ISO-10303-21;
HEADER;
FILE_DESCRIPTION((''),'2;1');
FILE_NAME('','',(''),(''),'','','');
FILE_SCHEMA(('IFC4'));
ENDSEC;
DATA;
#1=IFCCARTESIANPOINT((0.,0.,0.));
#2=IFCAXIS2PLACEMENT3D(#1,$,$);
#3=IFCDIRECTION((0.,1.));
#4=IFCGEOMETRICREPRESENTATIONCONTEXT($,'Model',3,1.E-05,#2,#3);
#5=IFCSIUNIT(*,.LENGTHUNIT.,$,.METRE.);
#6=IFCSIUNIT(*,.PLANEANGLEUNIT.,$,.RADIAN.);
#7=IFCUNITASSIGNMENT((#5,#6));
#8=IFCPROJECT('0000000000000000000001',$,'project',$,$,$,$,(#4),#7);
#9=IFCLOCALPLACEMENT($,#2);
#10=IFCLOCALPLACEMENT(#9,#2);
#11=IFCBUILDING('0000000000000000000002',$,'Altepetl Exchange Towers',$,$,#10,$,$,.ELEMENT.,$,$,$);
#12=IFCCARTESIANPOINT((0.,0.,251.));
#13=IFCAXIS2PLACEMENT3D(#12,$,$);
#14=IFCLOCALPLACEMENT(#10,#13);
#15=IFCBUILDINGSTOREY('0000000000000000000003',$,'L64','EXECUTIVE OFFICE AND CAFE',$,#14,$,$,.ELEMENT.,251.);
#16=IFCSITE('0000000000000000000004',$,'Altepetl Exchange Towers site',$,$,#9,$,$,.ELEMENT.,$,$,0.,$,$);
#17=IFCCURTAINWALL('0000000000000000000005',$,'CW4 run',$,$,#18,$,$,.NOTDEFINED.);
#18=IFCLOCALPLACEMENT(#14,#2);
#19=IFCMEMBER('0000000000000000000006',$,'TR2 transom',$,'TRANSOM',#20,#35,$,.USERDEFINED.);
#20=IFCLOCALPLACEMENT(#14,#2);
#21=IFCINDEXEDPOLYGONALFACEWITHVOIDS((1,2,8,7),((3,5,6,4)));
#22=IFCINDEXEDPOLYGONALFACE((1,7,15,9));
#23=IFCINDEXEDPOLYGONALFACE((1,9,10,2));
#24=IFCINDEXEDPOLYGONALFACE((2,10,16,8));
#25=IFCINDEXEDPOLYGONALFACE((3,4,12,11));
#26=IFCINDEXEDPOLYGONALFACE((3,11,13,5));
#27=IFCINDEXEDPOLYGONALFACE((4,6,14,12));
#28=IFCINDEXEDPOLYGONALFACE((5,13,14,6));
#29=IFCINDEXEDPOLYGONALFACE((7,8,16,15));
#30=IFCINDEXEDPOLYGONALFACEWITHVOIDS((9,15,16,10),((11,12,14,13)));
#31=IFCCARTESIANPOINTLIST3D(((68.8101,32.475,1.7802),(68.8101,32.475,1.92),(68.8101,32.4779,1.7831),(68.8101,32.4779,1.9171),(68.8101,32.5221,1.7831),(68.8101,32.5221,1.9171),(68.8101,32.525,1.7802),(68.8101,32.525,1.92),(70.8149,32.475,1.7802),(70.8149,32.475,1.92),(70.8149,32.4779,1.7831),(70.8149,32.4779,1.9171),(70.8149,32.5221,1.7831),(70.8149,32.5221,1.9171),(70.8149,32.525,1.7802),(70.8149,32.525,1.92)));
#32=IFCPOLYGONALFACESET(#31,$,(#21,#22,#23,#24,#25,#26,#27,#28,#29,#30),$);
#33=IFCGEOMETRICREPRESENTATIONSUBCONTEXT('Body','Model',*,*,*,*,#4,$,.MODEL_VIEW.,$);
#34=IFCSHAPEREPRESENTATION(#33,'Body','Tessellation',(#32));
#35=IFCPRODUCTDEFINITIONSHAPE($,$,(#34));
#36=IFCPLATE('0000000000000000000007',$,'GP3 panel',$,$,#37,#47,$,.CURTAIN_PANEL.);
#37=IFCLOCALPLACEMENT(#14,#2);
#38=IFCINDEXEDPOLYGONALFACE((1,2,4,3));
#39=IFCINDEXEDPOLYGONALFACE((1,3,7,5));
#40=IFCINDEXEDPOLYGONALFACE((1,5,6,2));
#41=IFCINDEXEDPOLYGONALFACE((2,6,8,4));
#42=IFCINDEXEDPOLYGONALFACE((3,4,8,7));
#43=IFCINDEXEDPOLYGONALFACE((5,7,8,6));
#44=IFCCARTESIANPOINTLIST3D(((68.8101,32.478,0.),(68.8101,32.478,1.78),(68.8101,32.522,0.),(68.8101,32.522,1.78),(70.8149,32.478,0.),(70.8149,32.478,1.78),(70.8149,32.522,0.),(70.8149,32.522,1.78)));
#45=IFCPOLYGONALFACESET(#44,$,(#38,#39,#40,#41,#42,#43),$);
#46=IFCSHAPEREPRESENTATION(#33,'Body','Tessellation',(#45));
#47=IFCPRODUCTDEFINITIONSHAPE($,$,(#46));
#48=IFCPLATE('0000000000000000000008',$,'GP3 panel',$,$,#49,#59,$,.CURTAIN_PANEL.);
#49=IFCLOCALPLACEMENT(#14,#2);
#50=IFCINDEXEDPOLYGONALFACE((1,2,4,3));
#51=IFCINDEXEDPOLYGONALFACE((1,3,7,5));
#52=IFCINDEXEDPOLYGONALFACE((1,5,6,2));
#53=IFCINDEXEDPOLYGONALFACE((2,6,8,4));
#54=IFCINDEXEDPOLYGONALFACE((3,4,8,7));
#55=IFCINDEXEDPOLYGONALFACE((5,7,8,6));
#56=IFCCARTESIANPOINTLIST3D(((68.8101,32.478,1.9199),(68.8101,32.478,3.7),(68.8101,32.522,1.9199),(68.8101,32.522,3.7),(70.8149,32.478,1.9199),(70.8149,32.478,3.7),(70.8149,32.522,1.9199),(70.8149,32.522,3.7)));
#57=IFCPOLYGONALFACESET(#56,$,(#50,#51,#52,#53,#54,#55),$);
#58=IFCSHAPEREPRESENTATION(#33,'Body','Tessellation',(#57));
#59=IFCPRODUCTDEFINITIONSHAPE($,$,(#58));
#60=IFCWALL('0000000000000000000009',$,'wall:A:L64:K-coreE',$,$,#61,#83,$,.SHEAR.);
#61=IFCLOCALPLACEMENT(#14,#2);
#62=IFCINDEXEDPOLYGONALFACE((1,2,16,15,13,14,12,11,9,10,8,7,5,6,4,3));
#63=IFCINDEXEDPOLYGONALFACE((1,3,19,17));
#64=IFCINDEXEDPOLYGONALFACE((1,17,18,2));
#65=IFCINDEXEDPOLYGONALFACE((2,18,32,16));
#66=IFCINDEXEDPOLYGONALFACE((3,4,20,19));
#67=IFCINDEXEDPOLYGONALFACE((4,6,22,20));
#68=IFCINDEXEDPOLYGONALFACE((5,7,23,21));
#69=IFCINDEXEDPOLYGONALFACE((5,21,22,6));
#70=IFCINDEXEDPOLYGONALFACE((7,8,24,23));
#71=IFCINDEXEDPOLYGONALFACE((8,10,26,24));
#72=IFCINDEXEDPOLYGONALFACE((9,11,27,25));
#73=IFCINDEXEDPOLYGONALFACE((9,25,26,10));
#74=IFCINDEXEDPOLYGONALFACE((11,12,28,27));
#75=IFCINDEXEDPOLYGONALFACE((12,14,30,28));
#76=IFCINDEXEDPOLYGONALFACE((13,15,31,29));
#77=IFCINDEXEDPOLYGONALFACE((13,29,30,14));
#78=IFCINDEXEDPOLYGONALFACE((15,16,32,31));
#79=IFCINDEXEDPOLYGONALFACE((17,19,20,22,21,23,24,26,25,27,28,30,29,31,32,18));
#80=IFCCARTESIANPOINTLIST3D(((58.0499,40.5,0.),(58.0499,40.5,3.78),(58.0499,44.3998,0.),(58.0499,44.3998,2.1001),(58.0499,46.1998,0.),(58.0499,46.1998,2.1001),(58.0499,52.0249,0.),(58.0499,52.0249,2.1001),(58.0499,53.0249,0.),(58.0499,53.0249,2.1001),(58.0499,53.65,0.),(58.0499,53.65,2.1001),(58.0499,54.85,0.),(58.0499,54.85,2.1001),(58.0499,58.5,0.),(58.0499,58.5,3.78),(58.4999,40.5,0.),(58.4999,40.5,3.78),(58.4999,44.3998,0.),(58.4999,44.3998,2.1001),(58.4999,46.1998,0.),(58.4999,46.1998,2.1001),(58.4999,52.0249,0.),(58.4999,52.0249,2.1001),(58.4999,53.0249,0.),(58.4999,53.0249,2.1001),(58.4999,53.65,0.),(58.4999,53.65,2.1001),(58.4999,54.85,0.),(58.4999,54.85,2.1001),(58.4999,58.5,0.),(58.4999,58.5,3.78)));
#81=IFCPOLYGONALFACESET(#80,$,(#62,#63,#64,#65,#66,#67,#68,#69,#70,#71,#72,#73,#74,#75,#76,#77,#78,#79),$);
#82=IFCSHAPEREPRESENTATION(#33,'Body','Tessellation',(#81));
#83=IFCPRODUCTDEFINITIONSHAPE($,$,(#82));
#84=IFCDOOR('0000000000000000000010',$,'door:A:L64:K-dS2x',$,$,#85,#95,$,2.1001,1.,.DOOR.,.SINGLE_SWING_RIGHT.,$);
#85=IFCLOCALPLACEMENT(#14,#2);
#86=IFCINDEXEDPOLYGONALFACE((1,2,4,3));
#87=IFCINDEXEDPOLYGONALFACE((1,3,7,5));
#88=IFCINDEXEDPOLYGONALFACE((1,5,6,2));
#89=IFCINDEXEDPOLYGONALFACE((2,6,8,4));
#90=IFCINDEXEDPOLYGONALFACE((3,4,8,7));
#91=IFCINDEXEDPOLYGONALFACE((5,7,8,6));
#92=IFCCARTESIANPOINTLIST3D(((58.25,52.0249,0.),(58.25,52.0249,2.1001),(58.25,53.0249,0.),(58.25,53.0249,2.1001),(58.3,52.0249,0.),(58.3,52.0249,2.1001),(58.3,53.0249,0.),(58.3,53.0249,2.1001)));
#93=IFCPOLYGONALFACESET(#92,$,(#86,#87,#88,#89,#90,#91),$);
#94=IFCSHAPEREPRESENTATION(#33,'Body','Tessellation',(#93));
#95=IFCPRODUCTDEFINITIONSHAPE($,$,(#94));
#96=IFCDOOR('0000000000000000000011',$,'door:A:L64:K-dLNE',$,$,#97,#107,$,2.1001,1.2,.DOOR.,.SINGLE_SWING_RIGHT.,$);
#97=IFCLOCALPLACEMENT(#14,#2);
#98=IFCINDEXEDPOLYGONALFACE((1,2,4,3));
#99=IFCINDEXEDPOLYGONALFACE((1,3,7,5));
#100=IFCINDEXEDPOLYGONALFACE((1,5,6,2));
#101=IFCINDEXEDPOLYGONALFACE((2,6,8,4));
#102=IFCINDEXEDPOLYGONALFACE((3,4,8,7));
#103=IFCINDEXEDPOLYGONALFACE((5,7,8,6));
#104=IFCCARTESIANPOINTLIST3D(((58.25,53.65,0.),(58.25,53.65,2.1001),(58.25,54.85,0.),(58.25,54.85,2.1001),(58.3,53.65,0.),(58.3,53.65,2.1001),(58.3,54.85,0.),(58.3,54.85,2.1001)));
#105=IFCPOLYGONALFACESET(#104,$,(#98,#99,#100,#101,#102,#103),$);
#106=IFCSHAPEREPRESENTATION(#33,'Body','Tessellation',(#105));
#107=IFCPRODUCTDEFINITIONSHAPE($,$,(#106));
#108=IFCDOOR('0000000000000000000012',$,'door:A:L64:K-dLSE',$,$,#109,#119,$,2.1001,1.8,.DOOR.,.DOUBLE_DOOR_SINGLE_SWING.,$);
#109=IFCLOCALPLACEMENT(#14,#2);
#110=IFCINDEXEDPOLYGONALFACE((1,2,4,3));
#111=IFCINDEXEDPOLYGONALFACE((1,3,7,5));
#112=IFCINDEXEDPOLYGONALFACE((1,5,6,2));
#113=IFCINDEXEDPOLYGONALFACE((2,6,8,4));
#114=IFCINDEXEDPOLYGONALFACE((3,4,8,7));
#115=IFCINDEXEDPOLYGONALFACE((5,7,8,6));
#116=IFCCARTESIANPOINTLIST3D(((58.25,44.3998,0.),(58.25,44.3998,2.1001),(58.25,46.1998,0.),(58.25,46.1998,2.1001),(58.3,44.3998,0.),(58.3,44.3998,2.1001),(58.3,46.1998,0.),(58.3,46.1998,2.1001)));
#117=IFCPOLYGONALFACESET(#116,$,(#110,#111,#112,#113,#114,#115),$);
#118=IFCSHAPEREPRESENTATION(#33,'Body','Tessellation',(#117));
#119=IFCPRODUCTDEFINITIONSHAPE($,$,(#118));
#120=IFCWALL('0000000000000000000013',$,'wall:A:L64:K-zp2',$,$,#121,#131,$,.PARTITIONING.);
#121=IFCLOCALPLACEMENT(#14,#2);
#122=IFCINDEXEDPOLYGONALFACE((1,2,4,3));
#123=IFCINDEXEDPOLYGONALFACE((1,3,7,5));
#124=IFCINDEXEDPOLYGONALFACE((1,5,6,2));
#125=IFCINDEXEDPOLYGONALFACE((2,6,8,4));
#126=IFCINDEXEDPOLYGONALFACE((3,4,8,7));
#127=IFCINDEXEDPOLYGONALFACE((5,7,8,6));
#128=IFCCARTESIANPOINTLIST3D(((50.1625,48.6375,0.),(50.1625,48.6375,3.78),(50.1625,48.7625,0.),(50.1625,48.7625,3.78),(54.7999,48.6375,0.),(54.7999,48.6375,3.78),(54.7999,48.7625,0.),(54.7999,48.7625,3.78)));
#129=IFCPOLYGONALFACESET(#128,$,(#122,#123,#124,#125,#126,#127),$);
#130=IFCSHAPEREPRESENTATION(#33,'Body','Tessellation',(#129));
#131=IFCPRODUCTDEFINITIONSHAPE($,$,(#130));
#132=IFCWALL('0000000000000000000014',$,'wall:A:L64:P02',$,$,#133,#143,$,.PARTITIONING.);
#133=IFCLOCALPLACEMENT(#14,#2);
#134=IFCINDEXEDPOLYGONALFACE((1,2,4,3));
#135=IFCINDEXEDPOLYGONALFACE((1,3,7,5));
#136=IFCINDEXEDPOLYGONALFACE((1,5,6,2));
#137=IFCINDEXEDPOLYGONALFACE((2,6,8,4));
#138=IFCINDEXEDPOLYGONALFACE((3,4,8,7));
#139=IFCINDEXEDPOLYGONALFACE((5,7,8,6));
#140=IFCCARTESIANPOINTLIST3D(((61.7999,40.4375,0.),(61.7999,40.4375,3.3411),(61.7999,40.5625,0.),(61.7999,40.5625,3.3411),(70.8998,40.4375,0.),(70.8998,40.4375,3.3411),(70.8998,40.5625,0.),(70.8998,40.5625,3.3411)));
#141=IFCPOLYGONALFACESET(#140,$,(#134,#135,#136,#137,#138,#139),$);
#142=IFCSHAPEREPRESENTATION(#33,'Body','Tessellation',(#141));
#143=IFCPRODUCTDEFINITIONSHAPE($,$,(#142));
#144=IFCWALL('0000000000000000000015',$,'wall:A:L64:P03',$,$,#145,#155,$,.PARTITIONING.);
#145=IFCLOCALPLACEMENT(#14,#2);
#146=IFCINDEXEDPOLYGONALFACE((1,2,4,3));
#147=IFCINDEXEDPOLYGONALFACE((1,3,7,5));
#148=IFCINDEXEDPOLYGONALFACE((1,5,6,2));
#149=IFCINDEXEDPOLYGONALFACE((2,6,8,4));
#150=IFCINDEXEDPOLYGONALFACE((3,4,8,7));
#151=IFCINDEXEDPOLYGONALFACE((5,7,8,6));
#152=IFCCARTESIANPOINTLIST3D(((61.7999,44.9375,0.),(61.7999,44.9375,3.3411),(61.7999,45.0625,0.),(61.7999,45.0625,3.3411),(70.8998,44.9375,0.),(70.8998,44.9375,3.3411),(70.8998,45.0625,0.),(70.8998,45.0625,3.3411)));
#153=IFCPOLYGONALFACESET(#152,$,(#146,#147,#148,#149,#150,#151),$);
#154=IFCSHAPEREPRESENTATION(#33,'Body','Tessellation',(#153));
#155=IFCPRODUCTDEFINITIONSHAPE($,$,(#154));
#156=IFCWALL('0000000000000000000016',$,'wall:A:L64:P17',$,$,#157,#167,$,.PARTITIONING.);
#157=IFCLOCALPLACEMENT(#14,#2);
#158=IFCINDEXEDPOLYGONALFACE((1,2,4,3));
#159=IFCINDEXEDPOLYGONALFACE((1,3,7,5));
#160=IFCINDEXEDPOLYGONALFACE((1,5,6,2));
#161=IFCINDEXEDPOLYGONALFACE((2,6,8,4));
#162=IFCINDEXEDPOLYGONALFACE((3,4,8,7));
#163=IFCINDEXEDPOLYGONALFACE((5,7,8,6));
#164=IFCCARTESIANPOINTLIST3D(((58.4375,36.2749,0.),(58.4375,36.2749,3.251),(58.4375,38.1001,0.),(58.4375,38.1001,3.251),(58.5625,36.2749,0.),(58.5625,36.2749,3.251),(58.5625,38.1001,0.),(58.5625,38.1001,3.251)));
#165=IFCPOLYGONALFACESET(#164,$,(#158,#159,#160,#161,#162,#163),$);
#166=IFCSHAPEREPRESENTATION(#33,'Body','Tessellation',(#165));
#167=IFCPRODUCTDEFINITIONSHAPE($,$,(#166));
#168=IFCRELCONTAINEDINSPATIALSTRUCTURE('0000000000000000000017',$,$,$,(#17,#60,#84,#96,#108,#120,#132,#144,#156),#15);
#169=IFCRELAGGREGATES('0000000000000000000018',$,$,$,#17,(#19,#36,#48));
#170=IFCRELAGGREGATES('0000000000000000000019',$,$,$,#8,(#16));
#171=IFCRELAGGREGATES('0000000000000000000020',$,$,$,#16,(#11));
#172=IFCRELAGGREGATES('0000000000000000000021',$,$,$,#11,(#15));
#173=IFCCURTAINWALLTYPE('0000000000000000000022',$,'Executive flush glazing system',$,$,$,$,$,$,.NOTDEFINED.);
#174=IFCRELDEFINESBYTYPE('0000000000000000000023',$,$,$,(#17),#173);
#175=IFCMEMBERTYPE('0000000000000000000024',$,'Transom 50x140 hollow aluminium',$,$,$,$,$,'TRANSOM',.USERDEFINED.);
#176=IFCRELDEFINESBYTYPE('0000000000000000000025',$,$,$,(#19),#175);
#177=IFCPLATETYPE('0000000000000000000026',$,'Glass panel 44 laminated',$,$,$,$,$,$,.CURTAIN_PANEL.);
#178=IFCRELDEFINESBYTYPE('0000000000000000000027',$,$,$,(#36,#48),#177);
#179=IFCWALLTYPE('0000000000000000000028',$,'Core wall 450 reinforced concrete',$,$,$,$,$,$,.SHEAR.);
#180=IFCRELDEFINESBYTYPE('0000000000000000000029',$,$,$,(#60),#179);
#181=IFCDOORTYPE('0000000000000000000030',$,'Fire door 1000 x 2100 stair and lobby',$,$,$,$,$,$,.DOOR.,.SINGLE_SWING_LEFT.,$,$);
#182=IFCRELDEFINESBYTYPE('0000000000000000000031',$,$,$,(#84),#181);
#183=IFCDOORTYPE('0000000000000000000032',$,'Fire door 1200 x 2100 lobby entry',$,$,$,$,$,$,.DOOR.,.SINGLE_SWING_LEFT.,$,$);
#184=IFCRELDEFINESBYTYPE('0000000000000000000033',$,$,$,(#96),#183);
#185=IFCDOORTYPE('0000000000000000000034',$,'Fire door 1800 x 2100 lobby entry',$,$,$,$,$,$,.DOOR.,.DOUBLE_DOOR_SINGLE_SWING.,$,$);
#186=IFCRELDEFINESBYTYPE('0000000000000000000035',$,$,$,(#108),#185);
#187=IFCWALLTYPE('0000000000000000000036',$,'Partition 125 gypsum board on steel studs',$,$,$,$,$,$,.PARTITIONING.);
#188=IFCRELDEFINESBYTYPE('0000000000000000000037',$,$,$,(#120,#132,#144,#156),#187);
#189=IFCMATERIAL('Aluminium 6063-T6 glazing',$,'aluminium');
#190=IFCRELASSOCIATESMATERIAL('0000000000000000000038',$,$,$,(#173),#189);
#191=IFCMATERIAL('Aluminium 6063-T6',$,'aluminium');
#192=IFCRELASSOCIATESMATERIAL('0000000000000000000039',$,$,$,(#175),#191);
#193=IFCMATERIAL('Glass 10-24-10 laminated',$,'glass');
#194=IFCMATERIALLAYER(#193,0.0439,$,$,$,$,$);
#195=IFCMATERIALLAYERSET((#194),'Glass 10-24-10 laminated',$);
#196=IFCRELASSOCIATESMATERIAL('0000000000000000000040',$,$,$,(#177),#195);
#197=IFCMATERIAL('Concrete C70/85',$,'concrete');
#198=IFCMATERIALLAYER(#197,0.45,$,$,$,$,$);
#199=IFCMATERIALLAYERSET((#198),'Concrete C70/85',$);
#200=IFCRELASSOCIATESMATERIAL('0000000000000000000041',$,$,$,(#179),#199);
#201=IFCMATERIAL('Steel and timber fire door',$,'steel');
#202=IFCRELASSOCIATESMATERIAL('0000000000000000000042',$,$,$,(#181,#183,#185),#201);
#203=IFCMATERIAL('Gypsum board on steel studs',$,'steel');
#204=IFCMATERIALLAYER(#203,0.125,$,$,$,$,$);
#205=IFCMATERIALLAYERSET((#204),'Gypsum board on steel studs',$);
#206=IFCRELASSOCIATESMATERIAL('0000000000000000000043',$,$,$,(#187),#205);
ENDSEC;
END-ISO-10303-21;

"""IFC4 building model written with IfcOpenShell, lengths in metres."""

from ifc_helpers import new_model, si_unit, direction, frame, frame_2d, origin, origin_2d, place, context, subcontext, project, spatial, rectangle, hollow_rectangle, extrude, material, layer, layer_set, material_profile, profile_set, type_object, element, fill, aggregate, save


model = new_model("IFC4")

# Units and contexts
model_context = context("Model", 3, precision=1e-05, world=origin(), true_north=direction((0.0, 1.0)))
body_context = subcontext(model_context, "Body", "Model", "MODEL_VIEW")
ifc_project = project(units=[si_unit("LENGTHUNIT", "METRE"), si_unit("PLANEANGLEUNIT", "RADIAN")], contexts=[model_context])

# Site, building, storey
site_placement = place(None, origin())
site = spatial("IfcSite", under=ifc_project, at=site_placement, Name="Altepetl Exchange Towers site", CompositionType="ELEMENT", RefElevation=0.0)
building_placement = place(site_placement, origin())
building = spatial("IfcBuilding", under=site, at=building_placement, Name="Altepetl Exchange Towers", CompositionType="ELEMENT")
storey_placement = place(building_placement, frame((0.0, 0.0, 251.0)))
storey = spatial("IfcBuildingStorey", under=building, at=storey_placement, Name="L64", Description="EXECUTIVE OFFICE AND CAFE", CompositionType="ELEMENT", Elevation=251.0)

# Shared definitions
ifc_material_1 = material(Name="Concrete C70/85", Category="concrete")

# Curtain wall
ifc_material_2 = material(Name="Aluminium 6063-T6 glazing", Category="aluminium")
curtain_wall_type = type_object("IfcCurtainWallType", Name="Executive flush glazing system", PredefinedType="NOTDEFINED", material=ifc_material_2)
curtain_wall_1_placement = place(storey_placement, origin())
curtain_wall_1 = element("IfcCurtainWall", 1, at=curtain_wall_1_placement, inside=storey, type_object=curtain_wall_type, Name="CW4 run", PredefinedType="NOTDEFINED")
ifc_material_3 = material(Name="Aluminium 6063-T6", Category="aluminium")

# Member
ifc_material_profile_1 = material_profile(ifc_material_3, hollow_rectangle(XDim=0.05, YDim=0.1399, WallThickness=0.0029, at=origin_2d()), Name="Transom 50x140 hollow aluminium")
ifc_profile_set_1 = profile_set([ifc_material_profile_1], Name="Aluminium 6063-T6")
member_type_1 = type_object("IfcMemberType", Name="Transom 50x140 hollow aluminium", ElementType="TRANSOM", PredefinedType="USERDEFINED", material=ifc_profile_set_1)
member_1_placement = place(storey_placement, frame((68.8101, 32.5, 1.8501), z_axis=(1.0, 0.0, 0.0), x_axis=(0.0, 1.0, 0.0)))
member_1 = element("IfcMember", 2, at=member_1_placement, type_object=member_type_1, Name="TR2 transom", ObjectType="TRANSOM", PredefinedType="USERDEFINED", context=body_context, shape_type="SweptSolid", body=[
    extrude(hollow_rectangle(XDim=0.05, YDim=0.1399, WallThickness=0.0029, at=origin_2d()), origin(), (0.0, 0.0, 1.0), 2.0049),
])

# Plates
ifc_material_4 = material(Name="Glass 10-24-10 laminated", Category="glass")
ifc_layer_1 = layer(ifc_material_4, 0.0439)
ifc_layer_set_1 = layer_set([ifc_layer_1], Name="Glass 10-24-10 laminated")
plate_type = type_object("IfcPlateType", Name="Glass panel 44 laminated", PredefinedType="CURTAIN_PANEL", material=ifc_layer_set_1)
plate_1_placement = place(storey_placement, frame((69.8125, 32.5, 0.0)))
plate_1 = element("IfcPlate", 3, at=plate_1_placement, type_object=plate_type, Name="GP3 panel", PredefinedType="CURTAIN_PANEL", context=body_context, shape_type="SweptSolid", body=[
    extrude(rectangle(XDim=2.0049, YDim=0.0439, at=origin_2d()), origin(), (0.0, 0.0, 1.0), 1.78),
])
plate_2_placement = place(storey_placement, frame((69.8125, 32.5, 1.9199)))
plate_2 = element("IfcPlate", 4, at=plate_2_placement, type_object=plate_type, Name="GP3 panel", PredefinedType="CURTAIN_PANEL", context=body_context, shape_type="SweptSolid", body=[
    extrude(rectangle(XDim=2.0049, YDim=0.0439, at=origin_2d()), origin(), (0.0, 0.0, 1.0), 1.78),
])
aggregate(curtain_wall_1, [member_1, plate_1, plate_2])

# Wall, openings, doors
ifc_layer_2 = layer(ifc_material_1, 0.45)
ifc_layer_set_2 = layer_set([ifc_layer_2], Name="Concrete C70/85")
wall_type_1 = type_object("IfcWallType", Name="Core wall 450 reinforced concrete", PredefinedType="SHEAR", material=ifc_layer_set_2)
wall_1_placement = place(storey_placement, frame((58.2749, 40.5, 0.0), z_axis=(0.0, 0.0, 1.0), x_axis=(0.0, 1.0, 0.0)))
wall_1 = element("IfcWall", 5, at=wall_1_placement, inside=storey, type_object=wall_type_1, Name="wall:A:L64:K-coreE", PredefinedType="SHEAR", context=body_context, shape_type="SweptSolid", body=[
    extrude(rectangle(XDim=18.0, YDim=0.45, at=frame_2d((9.0, 0.0))), origin(), (0.0, 0.0, 1.0), 3.78),
])
opening_1_placement = place(wall_1_placement, frame((13.1499, 0.0, 0.0)))
opening_1 = element("IfcOpeningElement", 6, at=opening_1_placement, cuts=wall_1, PredefinedType="OPENING", context=body_context, shape_type="SweptSolid", body=[
    extrude(rectangle(XDim=1.2, YDim=2.1001, at=frame_2d((0.6001, 1.05))), frame((0.0, 0.2349, 0.0), z_axis=(0.0, -1.0, 0.0), x_axis=(1.0, 0.0, 0.0)), (0.0, 0.0, 1.0), 0.47),
])
opening_2_placement = place(wall_1_placement, frame((3.8999, 0.0, 0.0)))
opening_2 = element("IfcOpeningElement", 7, at=opening_2_placement, cuts=wall_1, PredefinedType="OPENING", context=body_context, shape_type="SweptSolid", body=[
    extrude(rectangle(XDim=1.8, YDim=2.1001, at=frame_2d((0.8999, 1.05))), frame((0.0, 0.2349, 0.0), z_axis=(0.0, -1.0, 0.0), x_axis=(1.0, 0.0, 0.0)), (0.0, 0.0, 1.0), 0.47),
])
opening_3_placement = place(wall_1_placement, frame((11.5249, 0.0, 0.0)))
opening_3 = element("IfcOpeningElement", 8, at=opening_3_placement, cuts=wall_1, PredefinedType="OPENING", context=body_context, shape_type="SweptSolid", body=[
    extrude(rectangle(XDim=1.0, YDim=2.1001, at=frame_2d((0.5, 1.05))), frame((0.0, 0.2349, 0.0), z_axis=(0.0, -1.0, 0.0), x_axis=(1.0, 0.0, 0.0)), (0.0, 0.0, 1.0), 0.47),
])
ifc_material_5 = material(Name="Steel and timber fire door", Category="steel")
door_type_1 = type_object("IfcDoorType", Name="Fire door 1000 x 2100 stair and lobby", OperationType="SINGLE_SWING_LEFT", PredefinedType="DOOR", material=ifc_material_5)
door_1_placement = place(opening_3_placement, origin())
door_1 = element("IfcDoor", 9, at=door_1_placement, inside=storey, type_object=door_type_1, Name="door:A:L64:K-dS2x", OperationType="SINGLE_SWING_RIGHT", OverallHeight=2.1001, OverallWidth=1.0, PredefinedType="DOOR", context=body_context, shape_type="SweptSolid", body=[
    extrude(rectangle(XDim=1.0, YDim=2.1001, at=frame_2d((0.5, 1.05))), frame((0.0, 0.0249, 0.0), z_axis=(0.0, -1.0, 0.0), x_axis=(1.0, 0.0, 0.0)), (0.0, 0.0, 1.0), 0.05),
])
fill(opening_3, door_1)
door_type_2 = type_object("IfcDoorType", Name="Fire door 1200 x 2100 lobby entry", OperationType="SINGLE_SWING_LEFT", PredefinedType="DOOR", material=ifc_material_5)
door_2_placement = place(opening_1_placement, origin())
door_2 = element("IfcDoor", 10, at=door_2_placement, inside=storey, type_object=door_type_2, Name="door:A:L64:K-dLNE", OperationType="SINGLE_SWING_RIGHT", OverallHeight=2.1001, OverallWidth=1.2, PredefinedType="DOOR", context=body_context, shape_type="SweptSolid", body=[
    extrude(rectangle(XDim=1.2, YDim=2.1001, at=frame_2d((0.6001, 1.05))), frame((0.0, 0.0249, 0.0), z_axis=(0.0, -1.0, 0.0), x_axis=(1.0, 0.0, 0.0)), (0.0, 0.0, 1.0), 0.05),
])
fill(opening_1, door_2)
door_type_3 = type_object("IfcDoorType", Name="Fire door 1800 x 2100 lobby entry", OperationType="DOUBLE_DOOR_SINGLE_SWING", PredefinedType="DOOR", material=ifc_material_5)
door_3_placement = place(opening_2_placement, origin())
door_3 = element("IfcDoor", 11, at=door_3_placement, inside=storey, type_object=door_type_3, Name="door:A:L64:K-dLSE", OperationType="DOUBLE_DOOR_SINGLE_SWING", OverallHeight=2.1001, OverallWidth=1.8, PredefinedType="DOOR", context=body_context, shape_type="SweptSolid", body=[
    extrude(rectangle(XDim=1.8, YDim=2.1001, at=frame_2d((0.8999, 1.05))), frame((0.0, 0.0249, 0.0), z_axis=(0.0, -1.0, 0.0), x_axis=(1.0, 0.0, 0.0)), (0.0, 0.0, 1.0), 0.05),
])
fill(opening_2, door_3)

# Walls
ifc_material_6 = material(Name="Gypsum board on steel studs", Category="steel")
ifc_layer_3 = layer(ifc_material_6, 0.125)
ifc_layer_set_3 = layer_set([ifc_layer_3], Name="Gypsum board on steel studs")
wall_type_2 = type_object("IfcWallType", Name="Partition 125 gypsum board on steel studs", PredefinedType="PARTITIONING", material=ifc_layer_set_3)
wall_2_placement = place(storey_placement, frame((54.8, 48.7, 0.0), z_axis=(0.0, 0.0, 1.0), x_axis=(-1.0, 0.0, 0.0)))
element("IfcWall", 12, at=wall_2_placement, inside=storey, type_object=wall_type_2, Name="wall:A:L64:K-zp2", PredefinedType="PARTITIONING", context=body_context, shape_type="SweptSolid", body=[
    extrude(rectangle(XDim=4.6375, YDim=0.125, at=frame_2d((2.3188, 0.0))), origin(), (0.0, 0.0, 1.0), 3.78),
])
for number, where, name in (
    (13, (61.8, 40.5, 0.0), "wall:A:L64:P02"),
    (14, (61.8, 45.0, 0.0), "wall:A:L64:P03"),
):
    element("IfcWall", number, at=place(storey_placement, frame(where)), inside=storey, type_object=wall_type_2, Name=name, PredefinedType="PARTITIONING", context=body_context, shape_type="SweptSolid", body=[
        extrude(rectangle(XDim=9.0999, YDim=0.125, at=frame_2d((4.5498, 0.0))), origin(), (0.0, 0.0, 1.0), 3.3411),
    ])
wall_3_placement = place(storey_placement, frame((58.5, 36.2749, 0.0), z_axis=(0.0, 0.0, 1.0), x_axis=(0.0, 1.0, 0.0)))
element("IfcWall", 15, at=wall_3_placement, inside=storey, type_object=wall_type_2, Name="wall:A:L64:P17", PredefinedType="PARTITIONING", context=body_context, shape_type="SweptSolid", body=[
    extrude(rectangle(XDim=1.8252, YDim=0.125, at=frame_2d((0.9126, 0.0))), origin(), (0.0, 0.0, 1.0), 3.251),
])

save(model, "model.ifc")
